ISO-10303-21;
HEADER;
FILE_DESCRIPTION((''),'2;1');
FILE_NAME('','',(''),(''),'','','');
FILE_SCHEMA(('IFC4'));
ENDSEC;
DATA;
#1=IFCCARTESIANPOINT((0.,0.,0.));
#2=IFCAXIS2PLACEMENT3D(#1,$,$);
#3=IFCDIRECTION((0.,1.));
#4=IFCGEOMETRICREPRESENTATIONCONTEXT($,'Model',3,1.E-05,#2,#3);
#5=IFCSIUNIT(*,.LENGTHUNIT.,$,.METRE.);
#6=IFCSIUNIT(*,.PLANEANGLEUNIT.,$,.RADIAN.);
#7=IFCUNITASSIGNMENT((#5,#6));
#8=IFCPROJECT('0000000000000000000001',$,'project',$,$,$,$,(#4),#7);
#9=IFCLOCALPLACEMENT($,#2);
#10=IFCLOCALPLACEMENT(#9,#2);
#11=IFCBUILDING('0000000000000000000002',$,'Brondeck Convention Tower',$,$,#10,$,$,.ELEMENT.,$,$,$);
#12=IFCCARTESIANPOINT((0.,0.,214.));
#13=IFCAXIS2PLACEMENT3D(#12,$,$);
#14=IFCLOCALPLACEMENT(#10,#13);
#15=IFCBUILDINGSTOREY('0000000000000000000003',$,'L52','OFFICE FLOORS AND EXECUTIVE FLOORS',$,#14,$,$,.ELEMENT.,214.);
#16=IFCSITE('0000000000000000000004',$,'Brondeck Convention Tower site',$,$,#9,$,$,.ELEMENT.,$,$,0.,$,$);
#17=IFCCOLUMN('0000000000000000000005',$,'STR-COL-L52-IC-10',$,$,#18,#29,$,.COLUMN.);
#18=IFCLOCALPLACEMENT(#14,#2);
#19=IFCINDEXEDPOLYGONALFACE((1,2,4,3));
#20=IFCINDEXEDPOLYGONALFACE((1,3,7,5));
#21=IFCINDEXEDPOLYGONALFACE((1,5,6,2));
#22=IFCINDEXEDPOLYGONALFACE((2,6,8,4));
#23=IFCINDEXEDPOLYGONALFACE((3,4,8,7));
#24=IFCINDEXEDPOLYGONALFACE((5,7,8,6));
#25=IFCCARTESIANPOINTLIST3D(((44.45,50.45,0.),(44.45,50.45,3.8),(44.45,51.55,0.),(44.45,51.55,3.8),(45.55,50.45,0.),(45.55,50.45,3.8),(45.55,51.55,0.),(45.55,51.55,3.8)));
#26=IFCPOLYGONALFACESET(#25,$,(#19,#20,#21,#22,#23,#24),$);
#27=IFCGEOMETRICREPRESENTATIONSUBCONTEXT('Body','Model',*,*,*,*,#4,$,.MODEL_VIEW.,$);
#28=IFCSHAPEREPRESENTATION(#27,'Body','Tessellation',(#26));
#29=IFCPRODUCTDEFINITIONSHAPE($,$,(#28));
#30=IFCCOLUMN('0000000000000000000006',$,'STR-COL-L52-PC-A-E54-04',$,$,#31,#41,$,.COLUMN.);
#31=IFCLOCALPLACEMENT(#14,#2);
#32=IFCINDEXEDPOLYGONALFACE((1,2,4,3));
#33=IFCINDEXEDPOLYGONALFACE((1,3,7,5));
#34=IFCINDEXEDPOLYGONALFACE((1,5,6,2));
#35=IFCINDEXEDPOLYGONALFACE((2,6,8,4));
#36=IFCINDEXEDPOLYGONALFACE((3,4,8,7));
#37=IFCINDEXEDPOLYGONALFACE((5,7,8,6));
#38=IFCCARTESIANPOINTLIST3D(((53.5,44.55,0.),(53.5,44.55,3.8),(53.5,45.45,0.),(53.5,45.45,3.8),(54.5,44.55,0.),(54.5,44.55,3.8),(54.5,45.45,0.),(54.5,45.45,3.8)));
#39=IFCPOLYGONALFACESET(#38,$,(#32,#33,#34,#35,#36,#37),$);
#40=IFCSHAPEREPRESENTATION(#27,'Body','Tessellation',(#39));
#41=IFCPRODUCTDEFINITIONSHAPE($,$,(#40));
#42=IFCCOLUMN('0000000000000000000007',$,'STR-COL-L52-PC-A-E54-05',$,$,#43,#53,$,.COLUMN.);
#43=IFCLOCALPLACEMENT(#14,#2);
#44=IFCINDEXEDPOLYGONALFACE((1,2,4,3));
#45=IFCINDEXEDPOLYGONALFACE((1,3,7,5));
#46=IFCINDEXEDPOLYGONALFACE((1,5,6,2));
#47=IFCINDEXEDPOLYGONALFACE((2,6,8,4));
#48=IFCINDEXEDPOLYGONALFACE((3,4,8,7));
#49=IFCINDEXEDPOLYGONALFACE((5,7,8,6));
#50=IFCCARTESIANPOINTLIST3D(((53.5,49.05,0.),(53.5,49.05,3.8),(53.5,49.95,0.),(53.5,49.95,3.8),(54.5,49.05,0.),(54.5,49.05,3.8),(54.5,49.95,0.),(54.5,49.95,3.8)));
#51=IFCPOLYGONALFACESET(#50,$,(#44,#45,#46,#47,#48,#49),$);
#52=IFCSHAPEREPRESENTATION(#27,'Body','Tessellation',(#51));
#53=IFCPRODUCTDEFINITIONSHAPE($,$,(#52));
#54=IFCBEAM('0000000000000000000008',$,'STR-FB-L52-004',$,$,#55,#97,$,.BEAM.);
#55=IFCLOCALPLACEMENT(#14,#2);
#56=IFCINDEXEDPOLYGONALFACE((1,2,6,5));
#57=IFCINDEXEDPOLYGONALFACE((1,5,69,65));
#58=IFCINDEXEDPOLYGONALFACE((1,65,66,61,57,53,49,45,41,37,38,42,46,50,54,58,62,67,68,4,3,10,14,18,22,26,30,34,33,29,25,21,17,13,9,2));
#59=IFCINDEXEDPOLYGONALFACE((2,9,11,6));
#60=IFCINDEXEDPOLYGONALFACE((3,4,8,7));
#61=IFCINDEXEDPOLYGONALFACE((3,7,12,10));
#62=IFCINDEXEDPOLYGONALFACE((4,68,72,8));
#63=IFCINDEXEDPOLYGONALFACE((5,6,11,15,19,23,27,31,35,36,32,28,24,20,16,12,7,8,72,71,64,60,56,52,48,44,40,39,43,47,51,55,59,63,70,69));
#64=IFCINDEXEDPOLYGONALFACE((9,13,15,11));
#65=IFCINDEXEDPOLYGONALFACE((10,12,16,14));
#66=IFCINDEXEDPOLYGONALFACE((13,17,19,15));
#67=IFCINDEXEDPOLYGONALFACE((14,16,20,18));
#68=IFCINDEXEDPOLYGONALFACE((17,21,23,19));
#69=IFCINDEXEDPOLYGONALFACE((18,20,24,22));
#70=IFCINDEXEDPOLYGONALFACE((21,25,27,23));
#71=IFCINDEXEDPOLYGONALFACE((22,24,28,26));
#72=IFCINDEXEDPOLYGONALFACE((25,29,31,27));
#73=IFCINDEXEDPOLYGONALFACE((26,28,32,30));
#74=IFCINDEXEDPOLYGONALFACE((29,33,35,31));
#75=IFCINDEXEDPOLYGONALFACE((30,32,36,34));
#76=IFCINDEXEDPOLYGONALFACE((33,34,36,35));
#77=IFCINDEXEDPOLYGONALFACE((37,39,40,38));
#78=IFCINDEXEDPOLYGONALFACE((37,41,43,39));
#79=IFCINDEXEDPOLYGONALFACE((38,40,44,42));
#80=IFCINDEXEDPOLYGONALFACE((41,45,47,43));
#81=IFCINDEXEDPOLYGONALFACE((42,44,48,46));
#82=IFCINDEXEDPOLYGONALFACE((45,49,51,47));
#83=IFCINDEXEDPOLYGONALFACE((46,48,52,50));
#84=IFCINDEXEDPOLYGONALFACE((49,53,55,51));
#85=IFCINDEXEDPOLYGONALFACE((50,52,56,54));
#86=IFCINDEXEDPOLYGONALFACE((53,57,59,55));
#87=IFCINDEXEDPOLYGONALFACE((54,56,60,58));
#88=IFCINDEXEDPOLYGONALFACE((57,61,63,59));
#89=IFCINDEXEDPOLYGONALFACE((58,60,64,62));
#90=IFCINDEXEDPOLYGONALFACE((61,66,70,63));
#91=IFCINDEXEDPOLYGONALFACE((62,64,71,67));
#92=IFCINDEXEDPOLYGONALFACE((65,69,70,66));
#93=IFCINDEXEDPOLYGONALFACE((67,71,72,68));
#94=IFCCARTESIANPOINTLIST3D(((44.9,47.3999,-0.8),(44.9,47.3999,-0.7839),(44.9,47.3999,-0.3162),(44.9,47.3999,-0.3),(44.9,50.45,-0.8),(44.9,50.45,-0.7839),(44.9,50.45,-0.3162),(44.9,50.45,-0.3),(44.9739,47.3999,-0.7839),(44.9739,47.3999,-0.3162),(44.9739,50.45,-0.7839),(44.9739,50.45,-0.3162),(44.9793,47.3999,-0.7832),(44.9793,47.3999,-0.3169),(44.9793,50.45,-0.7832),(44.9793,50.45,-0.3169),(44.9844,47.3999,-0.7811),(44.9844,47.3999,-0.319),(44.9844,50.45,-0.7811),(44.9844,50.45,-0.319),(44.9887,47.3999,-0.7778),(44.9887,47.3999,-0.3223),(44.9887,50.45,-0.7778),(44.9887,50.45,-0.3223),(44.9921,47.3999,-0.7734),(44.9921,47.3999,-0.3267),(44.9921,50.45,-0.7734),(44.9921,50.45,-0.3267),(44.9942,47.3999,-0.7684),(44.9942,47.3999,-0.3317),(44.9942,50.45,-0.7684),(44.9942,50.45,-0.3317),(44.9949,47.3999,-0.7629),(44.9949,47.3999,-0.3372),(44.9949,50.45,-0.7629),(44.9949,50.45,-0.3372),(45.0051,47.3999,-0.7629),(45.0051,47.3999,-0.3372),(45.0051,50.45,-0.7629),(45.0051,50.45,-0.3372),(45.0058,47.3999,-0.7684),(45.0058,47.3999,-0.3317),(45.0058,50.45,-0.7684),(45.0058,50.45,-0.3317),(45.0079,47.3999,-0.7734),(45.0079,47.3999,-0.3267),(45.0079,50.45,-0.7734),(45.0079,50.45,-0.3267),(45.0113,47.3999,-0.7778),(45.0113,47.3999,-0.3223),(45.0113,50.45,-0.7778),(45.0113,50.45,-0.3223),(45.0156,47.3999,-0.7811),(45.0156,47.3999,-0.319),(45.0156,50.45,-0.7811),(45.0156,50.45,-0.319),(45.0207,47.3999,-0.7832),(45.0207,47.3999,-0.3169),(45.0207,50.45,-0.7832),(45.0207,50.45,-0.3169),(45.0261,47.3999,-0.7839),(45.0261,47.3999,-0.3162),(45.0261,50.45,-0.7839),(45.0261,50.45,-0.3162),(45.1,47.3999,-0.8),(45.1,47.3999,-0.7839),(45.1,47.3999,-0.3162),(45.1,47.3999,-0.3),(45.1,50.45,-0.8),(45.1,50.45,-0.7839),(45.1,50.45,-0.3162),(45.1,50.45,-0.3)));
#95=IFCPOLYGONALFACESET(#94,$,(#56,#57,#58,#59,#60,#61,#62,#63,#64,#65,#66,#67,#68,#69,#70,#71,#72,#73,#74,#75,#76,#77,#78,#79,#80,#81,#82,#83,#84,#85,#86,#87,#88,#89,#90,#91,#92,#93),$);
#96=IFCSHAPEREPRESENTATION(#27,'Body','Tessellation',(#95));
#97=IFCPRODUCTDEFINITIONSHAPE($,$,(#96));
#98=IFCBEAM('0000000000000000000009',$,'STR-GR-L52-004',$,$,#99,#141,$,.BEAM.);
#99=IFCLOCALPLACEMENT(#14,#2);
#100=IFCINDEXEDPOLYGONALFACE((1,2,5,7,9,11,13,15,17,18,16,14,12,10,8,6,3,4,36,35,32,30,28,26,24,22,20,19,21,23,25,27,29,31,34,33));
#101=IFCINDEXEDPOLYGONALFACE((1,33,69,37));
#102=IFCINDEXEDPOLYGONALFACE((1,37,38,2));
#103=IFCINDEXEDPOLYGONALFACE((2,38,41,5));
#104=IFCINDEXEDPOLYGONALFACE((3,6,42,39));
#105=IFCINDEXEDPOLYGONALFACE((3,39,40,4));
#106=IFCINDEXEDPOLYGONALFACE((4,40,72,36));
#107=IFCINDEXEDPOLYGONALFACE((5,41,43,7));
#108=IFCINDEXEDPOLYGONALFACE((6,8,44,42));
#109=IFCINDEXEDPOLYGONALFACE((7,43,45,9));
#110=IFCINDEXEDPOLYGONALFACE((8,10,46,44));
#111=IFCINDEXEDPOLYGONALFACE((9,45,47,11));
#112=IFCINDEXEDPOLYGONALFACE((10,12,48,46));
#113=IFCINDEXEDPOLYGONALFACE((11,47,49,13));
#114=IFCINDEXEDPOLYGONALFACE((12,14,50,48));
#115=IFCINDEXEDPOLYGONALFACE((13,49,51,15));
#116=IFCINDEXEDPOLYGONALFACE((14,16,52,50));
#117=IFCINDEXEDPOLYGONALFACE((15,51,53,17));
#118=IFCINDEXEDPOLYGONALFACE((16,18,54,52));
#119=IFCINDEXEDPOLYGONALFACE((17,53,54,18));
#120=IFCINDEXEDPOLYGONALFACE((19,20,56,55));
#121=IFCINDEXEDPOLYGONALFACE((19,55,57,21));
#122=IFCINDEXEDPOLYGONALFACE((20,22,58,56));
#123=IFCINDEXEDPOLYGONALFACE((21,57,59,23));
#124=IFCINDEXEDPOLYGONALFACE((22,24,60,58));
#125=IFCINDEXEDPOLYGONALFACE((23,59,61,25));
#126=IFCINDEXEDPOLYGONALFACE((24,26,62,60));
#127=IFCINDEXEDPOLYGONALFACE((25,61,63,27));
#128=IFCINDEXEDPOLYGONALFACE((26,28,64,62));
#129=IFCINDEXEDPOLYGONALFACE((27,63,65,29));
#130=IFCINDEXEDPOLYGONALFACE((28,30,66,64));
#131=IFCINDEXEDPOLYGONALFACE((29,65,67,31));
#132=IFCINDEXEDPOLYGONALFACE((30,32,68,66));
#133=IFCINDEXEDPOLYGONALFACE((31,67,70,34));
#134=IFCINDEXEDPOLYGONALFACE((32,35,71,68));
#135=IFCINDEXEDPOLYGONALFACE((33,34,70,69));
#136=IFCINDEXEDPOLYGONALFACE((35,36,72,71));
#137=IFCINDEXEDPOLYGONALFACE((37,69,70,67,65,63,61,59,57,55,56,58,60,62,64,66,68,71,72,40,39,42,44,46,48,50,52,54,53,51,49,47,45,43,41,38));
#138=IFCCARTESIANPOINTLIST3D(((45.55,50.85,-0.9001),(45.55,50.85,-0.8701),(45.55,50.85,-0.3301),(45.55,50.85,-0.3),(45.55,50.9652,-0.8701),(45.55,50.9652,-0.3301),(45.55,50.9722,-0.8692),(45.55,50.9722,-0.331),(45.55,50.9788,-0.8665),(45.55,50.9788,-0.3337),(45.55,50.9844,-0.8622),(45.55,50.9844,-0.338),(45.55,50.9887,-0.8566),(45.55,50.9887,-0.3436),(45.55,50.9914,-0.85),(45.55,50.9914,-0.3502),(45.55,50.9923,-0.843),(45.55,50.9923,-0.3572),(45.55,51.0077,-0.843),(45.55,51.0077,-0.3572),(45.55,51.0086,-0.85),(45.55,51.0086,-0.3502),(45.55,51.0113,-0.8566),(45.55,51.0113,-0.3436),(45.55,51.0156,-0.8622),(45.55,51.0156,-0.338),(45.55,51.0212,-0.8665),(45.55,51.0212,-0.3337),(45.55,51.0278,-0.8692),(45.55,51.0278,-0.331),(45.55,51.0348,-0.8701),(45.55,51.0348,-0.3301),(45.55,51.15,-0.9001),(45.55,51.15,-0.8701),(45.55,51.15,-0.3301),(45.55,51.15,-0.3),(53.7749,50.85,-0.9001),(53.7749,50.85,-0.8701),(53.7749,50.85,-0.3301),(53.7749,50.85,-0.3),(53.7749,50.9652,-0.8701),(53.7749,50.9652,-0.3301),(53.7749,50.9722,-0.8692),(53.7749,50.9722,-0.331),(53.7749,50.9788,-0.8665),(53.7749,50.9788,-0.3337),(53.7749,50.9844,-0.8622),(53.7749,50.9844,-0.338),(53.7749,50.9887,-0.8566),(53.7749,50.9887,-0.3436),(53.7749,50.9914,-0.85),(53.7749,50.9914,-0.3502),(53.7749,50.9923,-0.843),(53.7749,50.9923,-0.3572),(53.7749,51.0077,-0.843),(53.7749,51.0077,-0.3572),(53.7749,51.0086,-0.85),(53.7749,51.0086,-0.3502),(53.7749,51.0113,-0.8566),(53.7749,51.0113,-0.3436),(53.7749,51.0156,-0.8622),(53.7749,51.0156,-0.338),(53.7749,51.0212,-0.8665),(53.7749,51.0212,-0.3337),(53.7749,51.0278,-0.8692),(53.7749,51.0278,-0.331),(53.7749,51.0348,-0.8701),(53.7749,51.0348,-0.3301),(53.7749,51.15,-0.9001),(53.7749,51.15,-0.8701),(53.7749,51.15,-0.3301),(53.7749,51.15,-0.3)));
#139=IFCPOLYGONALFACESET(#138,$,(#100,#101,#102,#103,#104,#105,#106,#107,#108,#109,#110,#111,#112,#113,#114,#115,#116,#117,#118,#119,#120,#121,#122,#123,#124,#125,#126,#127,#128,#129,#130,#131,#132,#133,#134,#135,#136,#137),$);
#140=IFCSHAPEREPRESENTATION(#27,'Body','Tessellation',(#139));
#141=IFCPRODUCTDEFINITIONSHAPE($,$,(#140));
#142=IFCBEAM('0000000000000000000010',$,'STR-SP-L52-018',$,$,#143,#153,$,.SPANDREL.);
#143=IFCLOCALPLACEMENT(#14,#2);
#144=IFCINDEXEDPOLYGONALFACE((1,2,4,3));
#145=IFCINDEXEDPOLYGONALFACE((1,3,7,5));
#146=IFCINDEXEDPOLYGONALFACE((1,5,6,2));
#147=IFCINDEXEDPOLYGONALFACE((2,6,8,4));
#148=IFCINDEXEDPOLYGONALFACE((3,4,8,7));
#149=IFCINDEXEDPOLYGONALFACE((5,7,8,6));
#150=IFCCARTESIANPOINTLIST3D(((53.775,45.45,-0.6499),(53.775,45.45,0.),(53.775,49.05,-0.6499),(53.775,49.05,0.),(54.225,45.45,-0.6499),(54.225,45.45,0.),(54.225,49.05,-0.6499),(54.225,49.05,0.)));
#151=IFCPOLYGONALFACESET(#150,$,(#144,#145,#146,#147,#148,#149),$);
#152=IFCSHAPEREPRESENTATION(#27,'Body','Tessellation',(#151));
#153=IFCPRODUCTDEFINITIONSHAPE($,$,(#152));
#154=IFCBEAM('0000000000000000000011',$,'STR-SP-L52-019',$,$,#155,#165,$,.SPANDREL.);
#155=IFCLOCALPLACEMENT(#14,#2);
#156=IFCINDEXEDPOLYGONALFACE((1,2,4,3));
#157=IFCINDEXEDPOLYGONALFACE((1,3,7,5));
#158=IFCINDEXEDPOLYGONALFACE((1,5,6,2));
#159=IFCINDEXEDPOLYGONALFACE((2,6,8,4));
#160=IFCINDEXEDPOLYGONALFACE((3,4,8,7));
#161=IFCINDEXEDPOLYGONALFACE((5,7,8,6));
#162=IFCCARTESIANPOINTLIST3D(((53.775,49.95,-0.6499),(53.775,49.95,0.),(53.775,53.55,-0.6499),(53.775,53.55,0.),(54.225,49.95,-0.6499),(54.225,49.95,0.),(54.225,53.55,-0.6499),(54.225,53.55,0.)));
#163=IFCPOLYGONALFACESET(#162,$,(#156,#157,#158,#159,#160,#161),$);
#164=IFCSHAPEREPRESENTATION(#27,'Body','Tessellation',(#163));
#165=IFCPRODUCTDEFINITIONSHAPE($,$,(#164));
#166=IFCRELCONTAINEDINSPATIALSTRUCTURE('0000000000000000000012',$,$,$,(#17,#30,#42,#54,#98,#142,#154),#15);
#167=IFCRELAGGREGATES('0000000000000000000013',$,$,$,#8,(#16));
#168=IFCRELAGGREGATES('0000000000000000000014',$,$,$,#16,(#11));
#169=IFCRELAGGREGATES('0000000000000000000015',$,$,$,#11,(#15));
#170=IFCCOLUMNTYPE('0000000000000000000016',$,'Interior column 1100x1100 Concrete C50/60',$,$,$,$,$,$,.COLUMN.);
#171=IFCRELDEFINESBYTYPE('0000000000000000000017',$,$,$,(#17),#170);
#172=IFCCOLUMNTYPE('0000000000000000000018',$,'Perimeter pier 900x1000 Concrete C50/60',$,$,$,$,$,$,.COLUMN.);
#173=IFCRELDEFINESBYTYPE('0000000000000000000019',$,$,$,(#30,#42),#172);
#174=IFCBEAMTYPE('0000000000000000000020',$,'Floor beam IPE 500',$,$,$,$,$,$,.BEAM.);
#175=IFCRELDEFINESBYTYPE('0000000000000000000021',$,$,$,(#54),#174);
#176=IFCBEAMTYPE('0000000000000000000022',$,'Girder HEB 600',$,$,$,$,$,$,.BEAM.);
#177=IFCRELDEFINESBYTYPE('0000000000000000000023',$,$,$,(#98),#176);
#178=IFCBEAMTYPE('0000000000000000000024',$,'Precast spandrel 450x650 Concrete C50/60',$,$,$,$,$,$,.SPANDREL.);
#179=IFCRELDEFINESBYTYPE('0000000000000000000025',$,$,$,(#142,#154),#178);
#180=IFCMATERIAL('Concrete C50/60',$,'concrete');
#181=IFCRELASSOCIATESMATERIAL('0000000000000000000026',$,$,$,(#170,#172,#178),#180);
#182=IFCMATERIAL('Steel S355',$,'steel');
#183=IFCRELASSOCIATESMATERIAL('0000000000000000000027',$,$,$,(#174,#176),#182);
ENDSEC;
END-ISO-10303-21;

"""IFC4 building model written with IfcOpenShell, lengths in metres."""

from ifc_helpers import new_model, si_unit, direction, frame, origin, origin_2d, place, context, subcontext, project, spatial, rectangle, i_section, extrude, material, material_profile, profile_set, type_object, element, save


model = new_model("IFC4")

# Units and contexts
model_context = context("Model", 3, precision=1e-05, world=origin(), true_north=direction((0.0, 1.0)))
body_context = subcontext(model_context, "Body", "Model", "MODEL_VIEW")
ifc_project = project(units=[si_unit("LENGTHUNIT", "METRE"), si_unit("PLANEANGLEUNIT", "RADIAN")], contexts=[model_context])

# Site, building, storey
site_placement = place(None, origin())
site = spatial("IfcSite", under=ifc_project, at=site_placement, Name="Brondeck Convention Tower site", CompositionType="ELEMENT", RefElevation=0.0)
building_placement = place(site_placement, origin())
building = spatial("IfcBuilding", under=site, at=building_placement, Name="Brondeck Convention Tower", CompositionType="ELEMENT")
storey_placement = place(building_placement, frame((0.0, 0.0, 214.0)))
storey = spatial("IfcBuildingStorey", under=building, at=storey_placement, Name="L52", Description="OFFICE FLOORS AND EXECUTIVE FLOORS", CompositionType="ELEMENT", Elevation=214.0)

# Columns
ifc_material_1 = material(Name="Concrete C50/60", Category="concrete")
ifc_material_profile_1 = material_profile(ifc_material_1, rectangle(XDim=1.1001, YDim=1.1001, at=origin_2d()), Name="Interior column 1100x1100 Concrete C50/60")
ifc_profile_set_1 = profile_set([ifc_material_profile_1], Name="Concrete C50/60")
column_type_1 = type_object("IfcColumnType", Name="Interior column 1100x1100 Concrete C50/60", PredefinedType="COLUMN", material=ifc_profile_set_1)
column_placement = place(storey_placement, frame((45.0, 51.0, 0.0), z_axis=(0.0, 0.0, 1.0), x_axis=(1.0, 0.0, 0.0)))
element("IfcColumn", 1, at=column_placement, inside=storey, type_object=column_type_1, Name="STR-COL-L52-IC-10", PredefinedType="COLUMN", context=body_context, shape_type="SweptSolid", body=[
    extrude(rectangle(XDim=1.1001, YDim=1.1001, at=origin_2d()), origin(), (0.0, 0.0, 1.0), 3.8),
])
ifc_material_profile_2 = material_profile(ifc_material_1, rectangle(XDim=0.8999, YDim=1.0, at=origin_2d()), Name="Perimeter pier 900x1000 Concrete C50/60")
ifc_profile_set_2 = profile_set([ifc_material_profile_2], Name="Concrete C50/60")
column_type_2 = type_object("IfcColumnType", Name="Perimeter pier 900x1000 Concrete C50/60", PredefinedType="COLUMN", material=ifc_profile_set_2)
for number, where, z_axis, x_axis, name in (
    (2, (54.0, 45.0, 0.0), (0.0, 0.0, 1.0), (0.0, 1.0, 0.0), "STR-COL-L52-PC-A-E54-04"),
    (3, (54.0, 49.5, 0.0), (0.0, 0.0, 1.0), (0.0, 1.0, 0.0), "STR-COL-L52-PC-A-E54-05"),
):
    element("IfcColumn", number, at=place(storey_placement, frame(where, z_axis=z_axis, x_axis=x_axis)), inside=storey, type_object=column_type_2, Name=name, PredefinedType="COLUMN", context=body_context, shape_type="SweptSolid", body=[
        extrude(rectangle(XDim=0.8999, YDim=1.0, at=origin_2d()), origin(), (0.0, 0.0, 1.0), 3.8),
    ])

# Beams
ifc_material_2 = material(Name="Steel S355", Category="steel")
ifc_material_profile_3 = material_profile(ifc_material_2, i_section(OverallWidth=0.2, OverallDepth=0.5, WebThickness=0.0103, FlangeThickness=0.0161, FilletRadius=0.021, at=origin_2d()), Name="IPE 500")
ifc_profile_set_3 = profile_set([ifc_material_profile_3], Name="Steel S355")
beam_type_1 = type_object("IfcBeamType", Name="Floor beam IPE 500", PredefinedType="BEAM", material=ifc_profile_set_3)
beam_1_placement = place(storey_placement, frame((45.0, 47.3999, -0.55), z_axis=(0.0, 1.0, 0.0), x_axis=(-1.0, 0.0, 0.0)))
element("IfcBeam", 4, at=beam_1_placement, inside=storey, type_object=beam_type_1, Name="STR-FB-L52-004", PredefinedType="BEAM", context=body_context, shape_type="SweptSolid", body=[
    extrude(i_section(OverallWidth=0.2, OverallDepth=0.5, WebThickness=0.0103, FlangeThickness=0.0161, FilletRadius=0.021, at=origin_2d()), origin(), (0.0, 0.0, 1.0), 3.05),
])
ifc_material_profile_4 = material_profile(ifc_material_2, i_section(OverallWidth=0.3, OverallDepth=0.6001, WebThickness=0.0154, FlangeThickness=0.03, FilletRadius=0.0271, at=origin_2d()), Name="HEB 600")
ifc_profile_set_4 = profile_set([ifc_material_profile_4], Name="Steel S355")
beam_type_2 = type_object("IfcBeamType", Name="Girder HEB 600", PredefinedType="BEAM", material=ifc_profile_set_4)
beam_2_placement = place(storey_placement, frame((45.55, 51.0, -0.6001), z_axis=(1.0, 0.0, 0.0), x_axis=(0.0, 1.0, 0.0)))
element("IfcBeam", 5, at=beam_2_placement, inside=storey, type_object=beam_type_2, Name="STR-GR-L52-004", PredefinedType="BEAM", context=body_context, shape_type="SweptSolid", body=[
    extrude(i_section(OverallWidth=0.3, OverallDepth=0.6001, WebThickness=0.0154, FlangeThickness=0.03, FilletRadius=0.0271, at=origin_2d()), origin(), (0.0, 0.0, 1.0), 8.2249),
])
ifc_material_profile_5 = material_profile(ifc_material_1, rectangle(XDim=0.45, YDim=0.6499, at=origin_2d()), Name="Precast spandrel 450x650 Concrete C50/60")
ifc_profile_set_5 = profile_set([ifc_material_profile_5], Name="Concrete C50/60")
beam_type_3 = type_object("IfcBeamType", Name="Precast spandrel 450x650 Concrete C50/60", PredefinedType="SPANDREL", material=ifc_profile_set_5)
for number, where, z_axis, x_axis, name in (
    (6, (54.0, 45.45, -0.325), (0.0, 1.0, 0.0), (-1.0, 0.0, 0.0), "STR-SP-L52-018"),
    (7, (54.0, 49.95, -0.325), (0.0, 1.0, 0.0), (-1.0, 0.0, 0.0), "STR-SP-L52-019"),
):
    element("IfcBeam", number, at=place(storey_placement, frame(where, z_axis=z_axis, x_axis=x_axis)), inside=storey, type_object=beam_type_3, Name=name, PredefinedType="SPANDREL", context=body_context, shape_type="SweptSolid", body=[
        extrude(rectangle(XDim=0.45, YDim=0.6499, at=origin_2d()), origin(), (0.0, 0.0, 1.0), 3.6001),
    ])

save(model, "model.ifc")
